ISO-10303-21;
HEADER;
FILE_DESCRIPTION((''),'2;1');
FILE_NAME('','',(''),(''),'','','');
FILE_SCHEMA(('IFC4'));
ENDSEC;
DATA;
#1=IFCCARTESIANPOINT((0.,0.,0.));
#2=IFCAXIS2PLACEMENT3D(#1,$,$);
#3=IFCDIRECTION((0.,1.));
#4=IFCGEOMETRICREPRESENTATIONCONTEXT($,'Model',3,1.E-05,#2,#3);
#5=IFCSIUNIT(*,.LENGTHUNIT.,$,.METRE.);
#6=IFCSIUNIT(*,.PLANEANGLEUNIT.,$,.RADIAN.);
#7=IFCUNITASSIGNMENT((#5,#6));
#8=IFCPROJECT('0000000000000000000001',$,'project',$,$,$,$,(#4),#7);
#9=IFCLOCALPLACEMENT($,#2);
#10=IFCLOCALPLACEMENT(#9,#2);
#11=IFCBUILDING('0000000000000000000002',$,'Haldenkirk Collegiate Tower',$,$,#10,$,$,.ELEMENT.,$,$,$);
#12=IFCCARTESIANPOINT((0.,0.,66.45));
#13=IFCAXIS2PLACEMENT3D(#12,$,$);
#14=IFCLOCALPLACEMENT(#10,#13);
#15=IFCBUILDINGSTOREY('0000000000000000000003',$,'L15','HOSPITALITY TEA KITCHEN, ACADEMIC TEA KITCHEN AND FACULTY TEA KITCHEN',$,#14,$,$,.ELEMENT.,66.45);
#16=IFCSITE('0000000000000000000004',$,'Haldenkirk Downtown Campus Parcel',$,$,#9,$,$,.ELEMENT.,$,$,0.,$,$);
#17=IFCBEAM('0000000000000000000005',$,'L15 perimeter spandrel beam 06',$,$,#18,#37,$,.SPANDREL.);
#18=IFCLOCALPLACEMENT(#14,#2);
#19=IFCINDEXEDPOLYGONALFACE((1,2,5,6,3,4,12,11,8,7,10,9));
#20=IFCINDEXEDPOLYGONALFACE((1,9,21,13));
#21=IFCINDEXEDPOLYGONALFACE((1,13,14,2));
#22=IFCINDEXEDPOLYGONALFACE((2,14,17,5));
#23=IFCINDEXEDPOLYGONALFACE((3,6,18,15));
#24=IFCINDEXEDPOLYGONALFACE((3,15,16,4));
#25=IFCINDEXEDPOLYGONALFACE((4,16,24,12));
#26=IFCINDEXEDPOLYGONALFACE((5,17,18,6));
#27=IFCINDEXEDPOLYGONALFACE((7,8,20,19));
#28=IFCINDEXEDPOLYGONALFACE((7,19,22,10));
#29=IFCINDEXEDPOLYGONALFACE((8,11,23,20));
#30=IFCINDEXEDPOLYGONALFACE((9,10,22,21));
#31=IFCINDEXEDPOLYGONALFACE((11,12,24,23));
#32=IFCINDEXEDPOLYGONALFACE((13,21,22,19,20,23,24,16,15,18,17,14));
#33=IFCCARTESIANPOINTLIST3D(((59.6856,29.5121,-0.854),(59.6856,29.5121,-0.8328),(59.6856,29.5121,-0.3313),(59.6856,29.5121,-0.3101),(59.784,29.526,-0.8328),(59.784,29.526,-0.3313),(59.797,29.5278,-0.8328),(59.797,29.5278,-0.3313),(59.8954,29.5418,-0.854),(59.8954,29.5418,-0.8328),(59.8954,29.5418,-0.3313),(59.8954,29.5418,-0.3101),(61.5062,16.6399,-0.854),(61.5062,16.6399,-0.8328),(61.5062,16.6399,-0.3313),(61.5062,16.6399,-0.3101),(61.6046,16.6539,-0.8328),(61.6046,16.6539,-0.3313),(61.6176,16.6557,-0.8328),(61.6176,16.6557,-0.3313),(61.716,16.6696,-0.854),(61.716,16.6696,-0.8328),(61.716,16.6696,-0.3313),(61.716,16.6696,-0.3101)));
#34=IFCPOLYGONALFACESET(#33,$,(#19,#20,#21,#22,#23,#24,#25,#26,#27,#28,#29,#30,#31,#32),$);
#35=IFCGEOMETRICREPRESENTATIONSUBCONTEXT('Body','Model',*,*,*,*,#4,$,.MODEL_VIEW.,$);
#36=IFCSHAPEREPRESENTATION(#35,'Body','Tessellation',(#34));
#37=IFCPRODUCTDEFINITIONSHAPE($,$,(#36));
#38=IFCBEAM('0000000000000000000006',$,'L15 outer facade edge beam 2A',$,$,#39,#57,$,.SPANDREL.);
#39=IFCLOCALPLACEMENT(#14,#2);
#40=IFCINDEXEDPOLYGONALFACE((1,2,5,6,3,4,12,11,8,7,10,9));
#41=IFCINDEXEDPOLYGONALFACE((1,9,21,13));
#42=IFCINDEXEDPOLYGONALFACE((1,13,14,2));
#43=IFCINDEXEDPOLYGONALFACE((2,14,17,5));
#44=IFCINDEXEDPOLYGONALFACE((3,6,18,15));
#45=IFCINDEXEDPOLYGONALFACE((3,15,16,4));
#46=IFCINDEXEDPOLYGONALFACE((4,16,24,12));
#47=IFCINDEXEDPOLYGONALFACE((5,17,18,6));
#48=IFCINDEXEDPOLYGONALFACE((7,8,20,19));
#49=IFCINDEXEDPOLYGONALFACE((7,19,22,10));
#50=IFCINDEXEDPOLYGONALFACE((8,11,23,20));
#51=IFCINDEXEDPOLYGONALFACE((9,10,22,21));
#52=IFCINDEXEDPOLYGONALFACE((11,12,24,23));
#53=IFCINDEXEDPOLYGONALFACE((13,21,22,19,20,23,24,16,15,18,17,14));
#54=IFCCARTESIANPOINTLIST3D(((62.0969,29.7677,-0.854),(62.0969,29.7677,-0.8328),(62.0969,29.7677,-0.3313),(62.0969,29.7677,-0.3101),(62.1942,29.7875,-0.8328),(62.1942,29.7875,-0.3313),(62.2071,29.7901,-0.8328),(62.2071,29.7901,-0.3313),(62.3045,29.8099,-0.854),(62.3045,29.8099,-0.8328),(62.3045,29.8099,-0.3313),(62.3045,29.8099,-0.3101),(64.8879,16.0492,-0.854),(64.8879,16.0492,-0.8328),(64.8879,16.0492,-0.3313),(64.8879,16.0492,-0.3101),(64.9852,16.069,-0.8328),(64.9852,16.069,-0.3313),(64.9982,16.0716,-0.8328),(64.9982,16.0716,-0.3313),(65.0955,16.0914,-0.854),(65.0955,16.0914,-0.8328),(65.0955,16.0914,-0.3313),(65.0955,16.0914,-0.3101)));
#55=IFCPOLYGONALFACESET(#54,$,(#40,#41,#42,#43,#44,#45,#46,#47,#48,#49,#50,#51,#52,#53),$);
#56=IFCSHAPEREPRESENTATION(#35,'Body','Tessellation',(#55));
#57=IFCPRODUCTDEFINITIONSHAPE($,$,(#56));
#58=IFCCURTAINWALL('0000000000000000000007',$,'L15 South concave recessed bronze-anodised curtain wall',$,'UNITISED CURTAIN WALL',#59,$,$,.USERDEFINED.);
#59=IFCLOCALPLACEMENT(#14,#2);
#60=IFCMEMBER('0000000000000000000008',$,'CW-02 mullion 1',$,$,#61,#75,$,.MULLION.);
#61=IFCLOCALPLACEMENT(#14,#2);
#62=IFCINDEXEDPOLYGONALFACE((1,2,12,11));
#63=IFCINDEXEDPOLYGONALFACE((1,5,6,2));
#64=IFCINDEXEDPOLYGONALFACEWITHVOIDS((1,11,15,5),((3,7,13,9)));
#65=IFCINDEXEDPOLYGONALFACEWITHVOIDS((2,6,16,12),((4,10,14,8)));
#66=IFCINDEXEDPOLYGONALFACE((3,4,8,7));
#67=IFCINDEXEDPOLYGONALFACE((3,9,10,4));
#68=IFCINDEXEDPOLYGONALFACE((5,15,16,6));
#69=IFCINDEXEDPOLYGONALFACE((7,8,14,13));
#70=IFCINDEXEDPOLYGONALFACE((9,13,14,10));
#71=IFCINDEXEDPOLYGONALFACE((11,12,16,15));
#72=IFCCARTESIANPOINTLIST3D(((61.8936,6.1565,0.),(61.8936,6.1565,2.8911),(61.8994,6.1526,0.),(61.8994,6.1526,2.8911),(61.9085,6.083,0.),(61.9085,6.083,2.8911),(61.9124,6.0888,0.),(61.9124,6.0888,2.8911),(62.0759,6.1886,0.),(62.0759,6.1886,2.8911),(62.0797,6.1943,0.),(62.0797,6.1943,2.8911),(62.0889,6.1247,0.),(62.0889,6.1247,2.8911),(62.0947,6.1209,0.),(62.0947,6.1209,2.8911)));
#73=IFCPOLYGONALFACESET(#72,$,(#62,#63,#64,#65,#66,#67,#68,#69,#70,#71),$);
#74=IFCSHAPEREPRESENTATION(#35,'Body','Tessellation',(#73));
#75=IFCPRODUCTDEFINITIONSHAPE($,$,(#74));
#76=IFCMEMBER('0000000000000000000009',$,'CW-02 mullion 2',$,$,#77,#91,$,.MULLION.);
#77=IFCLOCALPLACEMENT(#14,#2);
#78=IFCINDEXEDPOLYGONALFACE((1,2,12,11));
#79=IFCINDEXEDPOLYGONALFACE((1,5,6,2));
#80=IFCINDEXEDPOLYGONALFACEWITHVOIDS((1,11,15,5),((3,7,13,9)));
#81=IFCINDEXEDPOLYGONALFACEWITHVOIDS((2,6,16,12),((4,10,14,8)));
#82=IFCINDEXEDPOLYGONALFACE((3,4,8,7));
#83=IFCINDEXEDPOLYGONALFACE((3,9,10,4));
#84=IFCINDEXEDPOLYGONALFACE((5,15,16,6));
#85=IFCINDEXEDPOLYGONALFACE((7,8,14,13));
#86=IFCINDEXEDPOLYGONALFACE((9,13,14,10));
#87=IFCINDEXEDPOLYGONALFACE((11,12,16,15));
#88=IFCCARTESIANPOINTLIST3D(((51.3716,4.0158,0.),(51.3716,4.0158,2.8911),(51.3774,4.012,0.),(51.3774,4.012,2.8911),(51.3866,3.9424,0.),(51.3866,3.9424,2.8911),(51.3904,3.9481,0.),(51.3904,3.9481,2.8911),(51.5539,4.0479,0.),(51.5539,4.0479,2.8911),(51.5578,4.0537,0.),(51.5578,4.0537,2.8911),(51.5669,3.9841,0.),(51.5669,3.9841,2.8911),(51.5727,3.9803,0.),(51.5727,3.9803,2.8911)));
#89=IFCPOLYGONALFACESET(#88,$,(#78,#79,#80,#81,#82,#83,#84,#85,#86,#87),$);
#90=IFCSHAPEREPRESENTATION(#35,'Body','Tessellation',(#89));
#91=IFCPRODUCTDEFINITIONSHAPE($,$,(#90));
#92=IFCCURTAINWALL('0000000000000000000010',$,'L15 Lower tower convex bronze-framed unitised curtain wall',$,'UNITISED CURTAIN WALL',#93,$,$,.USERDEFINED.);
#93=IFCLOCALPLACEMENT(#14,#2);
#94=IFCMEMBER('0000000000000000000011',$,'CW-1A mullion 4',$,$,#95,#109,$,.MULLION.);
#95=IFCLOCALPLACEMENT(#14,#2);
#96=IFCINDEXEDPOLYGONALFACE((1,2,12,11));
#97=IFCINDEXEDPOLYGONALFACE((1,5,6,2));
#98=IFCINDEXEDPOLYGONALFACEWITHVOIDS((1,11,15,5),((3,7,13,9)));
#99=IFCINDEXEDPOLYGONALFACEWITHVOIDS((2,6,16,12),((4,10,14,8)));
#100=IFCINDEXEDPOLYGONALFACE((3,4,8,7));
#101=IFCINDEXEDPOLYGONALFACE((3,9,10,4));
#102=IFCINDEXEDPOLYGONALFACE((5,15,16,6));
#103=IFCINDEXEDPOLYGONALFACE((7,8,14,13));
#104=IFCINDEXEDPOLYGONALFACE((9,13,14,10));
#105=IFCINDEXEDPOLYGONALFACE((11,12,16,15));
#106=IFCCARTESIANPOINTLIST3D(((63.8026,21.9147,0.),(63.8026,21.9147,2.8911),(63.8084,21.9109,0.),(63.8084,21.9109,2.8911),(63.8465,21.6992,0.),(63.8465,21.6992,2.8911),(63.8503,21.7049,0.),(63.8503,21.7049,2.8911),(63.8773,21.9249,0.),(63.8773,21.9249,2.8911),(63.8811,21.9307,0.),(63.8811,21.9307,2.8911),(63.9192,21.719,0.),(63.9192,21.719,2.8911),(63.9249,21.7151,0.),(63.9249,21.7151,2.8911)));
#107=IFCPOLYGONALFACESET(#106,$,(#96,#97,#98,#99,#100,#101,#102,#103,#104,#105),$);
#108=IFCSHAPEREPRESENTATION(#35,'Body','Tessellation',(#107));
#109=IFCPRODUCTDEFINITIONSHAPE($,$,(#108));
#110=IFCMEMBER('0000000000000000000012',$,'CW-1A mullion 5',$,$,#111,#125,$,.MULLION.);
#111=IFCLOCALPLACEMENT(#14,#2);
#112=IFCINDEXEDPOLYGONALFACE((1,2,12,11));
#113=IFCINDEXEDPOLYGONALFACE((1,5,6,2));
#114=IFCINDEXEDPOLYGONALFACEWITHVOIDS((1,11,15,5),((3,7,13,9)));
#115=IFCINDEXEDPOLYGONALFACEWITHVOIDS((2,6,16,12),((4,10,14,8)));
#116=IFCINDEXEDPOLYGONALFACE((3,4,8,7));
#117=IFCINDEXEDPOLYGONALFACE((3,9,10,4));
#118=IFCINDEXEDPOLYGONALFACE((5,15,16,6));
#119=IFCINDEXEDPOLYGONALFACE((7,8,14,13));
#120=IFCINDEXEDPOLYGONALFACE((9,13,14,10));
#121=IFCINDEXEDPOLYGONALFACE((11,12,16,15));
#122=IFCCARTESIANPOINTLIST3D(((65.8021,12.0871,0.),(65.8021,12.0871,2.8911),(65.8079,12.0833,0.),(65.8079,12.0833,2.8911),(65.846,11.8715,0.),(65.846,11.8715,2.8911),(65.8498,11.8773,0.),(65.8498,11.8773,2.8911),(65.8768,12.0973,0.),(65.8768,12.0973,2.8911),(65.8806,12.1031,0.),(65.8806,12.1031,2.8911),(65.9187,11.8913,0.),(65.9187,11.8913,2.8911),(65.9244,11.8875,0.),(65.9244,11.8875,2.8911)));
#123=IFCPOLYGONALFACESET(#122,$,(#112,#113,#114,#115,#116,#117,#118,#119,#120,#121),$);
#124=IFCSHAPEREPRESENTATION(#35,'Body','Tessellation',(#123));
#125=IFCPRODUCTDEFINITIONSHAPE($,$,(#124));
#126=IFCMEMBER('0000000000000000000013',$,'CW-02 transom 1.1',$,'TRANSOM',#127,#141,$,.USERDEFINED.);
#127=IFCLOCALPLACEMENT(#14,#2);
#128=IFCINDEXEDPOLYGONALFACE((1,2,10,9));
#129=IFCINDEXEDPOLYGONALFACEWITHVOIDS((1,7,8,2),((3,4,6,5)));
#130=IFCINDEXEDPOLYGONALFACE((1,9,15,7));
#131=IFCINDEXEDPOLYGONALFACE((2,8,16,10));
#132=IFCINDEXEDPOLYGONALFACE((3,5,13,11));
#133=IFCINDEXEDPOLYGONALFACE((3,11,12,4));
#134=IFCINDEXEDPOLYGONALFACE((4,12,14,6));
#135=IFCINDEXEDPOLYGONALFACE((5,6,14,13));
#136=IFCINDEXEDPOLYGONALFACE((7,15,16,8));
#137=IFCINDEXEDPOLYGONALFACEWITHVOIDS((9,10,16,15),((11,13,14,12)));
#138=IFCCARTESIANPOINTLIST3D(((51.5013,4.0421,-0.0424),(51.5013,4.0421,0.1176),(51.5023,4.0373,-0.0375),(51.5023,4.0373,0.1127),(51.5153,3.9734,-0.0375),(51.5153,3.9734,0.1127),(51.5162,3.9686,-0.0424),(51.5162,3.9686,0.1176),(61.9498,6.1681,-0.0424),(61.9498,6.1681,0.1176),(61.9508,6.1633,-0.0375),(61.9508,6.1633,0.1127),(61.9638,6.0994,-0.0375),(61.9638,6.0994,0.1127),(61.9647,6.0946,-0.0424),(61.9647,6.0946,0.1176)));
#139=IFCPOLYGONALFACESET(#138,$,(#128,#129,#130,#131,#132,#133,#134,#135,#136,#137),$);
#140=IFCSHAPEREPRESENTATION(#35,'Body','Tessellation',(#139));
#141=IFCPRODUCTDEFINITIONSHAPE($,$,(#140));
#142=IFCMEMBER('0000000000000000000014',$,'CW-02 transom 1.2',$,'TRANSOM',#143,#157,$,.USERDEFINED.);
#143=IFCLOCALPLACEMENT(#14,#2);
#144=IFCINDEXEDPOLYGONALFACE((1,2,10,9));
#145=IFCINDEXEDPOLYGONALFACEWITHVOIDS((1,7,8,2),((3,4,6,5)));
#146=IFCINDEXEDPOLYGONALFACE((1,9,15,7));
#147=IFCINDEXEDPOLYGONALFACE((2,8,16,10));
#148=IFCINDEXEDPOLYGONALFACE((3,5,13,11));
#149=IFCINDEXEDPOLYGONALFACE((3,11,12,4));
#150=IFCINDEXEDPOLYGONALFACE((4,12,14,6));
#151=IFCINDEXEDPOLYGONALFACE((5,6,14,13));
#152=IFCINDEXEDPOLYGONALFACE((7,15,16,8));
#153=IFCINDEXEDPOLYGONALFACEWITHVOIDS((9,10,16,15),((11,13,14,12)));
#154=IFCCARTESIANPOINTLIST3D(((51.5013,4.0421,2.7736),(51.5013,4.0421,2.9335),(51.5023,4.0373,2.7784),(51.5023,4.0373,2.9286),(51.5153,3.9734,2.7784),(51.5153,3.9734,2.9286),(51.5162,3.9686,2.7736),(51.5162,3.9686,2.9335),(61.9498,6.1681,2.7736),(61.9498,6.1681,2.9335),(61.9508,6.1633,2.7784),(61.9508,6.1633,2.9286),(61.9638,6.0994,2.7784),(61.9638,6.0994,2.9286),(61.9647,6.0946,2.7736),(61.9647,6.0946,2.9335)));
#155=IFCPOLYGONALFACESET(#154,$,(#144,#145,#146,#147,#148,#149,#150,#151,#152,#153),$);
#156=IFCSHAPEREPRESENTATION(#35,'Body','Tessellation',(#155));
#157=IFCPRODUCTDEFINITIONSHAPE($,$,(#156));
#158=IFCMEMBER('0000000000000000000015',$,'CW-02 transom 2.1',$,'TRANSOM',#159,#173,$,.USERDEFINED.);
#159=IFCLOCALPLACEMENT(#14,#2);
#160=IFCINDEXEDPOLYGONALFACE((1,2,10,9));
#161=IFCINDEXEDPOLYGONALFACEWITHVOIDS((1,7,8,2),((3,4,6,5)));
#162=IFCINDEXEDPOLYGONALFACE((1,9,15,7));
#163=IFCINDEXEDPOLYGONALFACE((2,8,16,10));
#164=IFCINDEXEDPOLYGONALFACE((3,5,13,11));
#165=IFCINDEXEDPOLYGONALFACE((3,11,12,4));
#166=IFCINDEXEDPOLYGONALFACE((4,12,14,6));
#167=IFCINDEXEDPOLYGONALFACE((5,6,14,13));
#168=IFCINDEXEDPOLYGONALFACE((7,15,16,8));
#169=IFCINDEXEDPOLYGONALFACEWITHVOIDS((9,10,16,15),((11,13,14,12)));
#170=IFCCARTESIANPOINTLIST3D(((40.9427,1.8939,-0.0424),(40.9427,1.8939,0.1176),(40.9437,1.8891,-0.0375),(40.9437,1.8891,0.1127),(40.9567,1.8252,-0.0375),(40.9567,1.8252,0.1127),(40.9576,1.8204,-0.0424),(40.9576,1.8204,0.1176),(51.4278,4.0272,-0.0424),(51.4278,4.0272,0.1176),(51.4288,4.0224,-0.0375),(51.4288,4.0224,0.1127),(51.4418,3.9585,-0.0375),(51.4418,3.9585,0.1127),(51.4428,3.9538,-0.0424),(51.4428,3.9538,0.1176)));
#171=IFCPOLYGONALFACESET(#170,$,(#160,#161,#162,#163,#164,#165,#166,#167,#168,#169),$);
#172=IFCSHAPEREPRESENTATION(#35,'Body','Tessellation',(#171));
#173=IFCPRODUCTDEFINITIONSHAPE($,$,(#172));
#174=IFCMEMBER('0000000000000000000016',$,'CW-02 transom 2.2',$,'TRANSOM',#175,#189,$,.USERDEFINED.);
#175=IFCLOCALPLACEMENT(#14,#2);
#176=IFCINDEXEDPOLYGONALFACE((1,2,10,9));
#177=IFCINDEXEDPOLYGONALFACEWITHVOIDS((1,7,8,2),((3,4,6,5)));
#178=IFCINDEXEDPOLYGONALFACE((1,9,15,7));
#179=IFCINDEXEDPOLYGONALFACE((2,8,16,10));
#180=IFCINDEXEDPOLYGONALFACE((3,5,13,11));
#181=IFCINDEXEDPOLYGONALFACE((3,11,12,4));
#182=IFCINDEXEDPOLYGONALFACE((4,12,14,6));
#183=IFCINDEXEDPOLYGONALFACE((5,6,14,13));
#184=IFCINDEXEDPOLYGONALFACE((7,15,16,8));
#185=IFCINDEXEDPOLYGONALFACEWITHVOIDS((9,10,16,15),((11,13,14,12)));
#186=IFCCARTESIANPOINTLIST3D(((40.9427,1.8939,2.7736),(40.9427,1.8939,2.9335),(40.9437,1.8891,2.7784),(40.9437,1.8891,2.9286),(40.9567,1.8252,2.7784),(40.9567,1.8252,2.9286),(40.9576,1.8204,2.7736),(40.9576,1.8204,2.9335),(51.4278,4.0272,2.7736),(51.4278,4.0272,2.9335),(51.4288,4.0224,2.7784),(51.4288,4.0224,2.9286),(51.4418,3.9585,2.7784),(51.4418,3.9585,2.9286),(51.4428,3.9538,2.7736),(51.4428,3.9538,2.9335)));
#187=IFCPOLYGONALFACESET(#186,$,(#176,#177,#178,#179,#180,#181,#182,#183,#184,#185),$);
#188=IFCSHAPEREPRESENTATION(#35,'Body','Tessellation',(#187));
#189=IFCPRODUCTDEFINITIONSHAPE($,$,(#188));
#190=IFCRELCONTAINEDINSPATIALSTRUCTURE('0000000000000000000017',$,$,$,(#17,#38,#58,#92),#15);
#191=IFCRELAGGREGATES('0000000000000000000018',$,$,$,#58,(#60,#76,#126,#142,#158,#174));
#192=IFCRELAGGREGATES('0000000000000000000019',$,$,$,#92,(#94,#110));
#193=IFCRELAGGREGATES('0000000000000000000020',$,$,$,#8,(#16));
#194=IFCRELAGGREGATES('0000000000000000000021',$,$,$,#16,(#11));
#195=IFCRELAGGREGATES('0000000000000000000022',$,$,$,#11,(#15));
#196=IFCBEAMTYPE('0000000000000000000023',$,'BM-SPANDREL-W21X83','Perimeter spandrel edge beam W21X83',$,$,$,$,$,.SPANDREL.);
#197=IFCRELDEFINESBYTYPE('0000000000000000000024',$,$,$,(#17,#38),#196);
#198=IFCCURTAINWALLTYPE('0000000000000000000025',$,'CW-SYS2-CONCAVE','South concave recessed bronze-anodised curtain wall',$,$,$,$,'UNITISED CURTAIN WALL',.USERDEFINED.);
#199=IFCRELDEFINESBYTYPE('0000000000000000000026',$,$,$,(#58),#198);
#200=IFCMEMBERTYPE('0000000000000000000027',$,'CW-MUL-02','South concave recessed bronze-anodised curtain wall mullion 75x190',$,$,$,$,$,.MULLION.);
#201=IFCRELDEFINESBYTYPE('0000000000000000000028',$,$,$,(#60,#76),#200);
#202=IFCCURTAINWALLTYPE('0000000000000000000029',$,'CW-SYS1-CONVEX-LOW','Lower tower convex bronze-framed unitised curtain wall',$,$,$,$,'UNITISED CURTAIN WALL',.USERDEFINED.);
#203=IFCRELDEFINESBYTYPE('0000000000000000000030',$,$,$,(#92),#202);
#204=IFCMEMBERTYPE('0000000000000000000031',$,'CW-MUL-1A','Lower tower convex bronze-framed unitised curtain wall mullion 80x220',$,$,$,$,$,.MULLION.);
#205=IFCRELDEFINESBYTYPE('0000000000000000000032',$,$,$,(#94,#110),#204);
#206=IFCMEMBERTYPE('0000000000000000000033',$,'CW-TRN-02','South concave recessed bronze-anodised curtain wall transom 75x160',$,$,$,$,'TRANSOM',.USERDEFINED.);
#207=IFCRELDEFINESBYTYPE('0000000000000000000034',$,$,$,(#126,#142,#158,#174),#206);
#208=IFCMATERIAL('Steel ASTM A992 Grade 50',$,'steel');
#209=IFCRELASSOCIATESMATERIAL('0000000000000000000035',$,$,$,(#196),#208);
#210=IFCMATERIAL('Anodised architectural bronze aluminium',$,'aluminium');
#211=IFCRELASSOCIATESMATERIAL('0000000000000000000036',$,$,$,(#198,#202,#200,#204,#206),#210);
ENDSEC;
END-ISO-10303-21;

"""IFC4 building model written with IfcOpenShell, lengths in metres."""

from ifc_helpers import new_model, si_unit, direction, frame, origin, origin_2d, place, context, subcontext, project, spatial, hollow_rectangle, i_section, extrude, material, material_profile, profile_set, type_object, element, aggregate, save


model = new_model("IFC4")

# Units and contexts
model_context = context("Model", 3, precision=1e-05, world=origin(), true_north=direction((0.0, 1.0)))
body_context = subcontext(model_context, "Body", "Model", "MODEL_VIEW")
ifc_project = project(units=[si_unit("LENGTHUNIT", "METRE"), si_unit("PLANEANGLEUNIT", "RADIAN")], contexts=[model_context])

# Site, building, storey
site_placement = place(None, origin())
site = spatial("IfcSite", under=ifc_project, at=site_placement, Name="Haldenkirk Downtown Campus Parcel", CompositionType="ELEMENT", RefElevation=0.0)
building_placement = place(site_placement, origin())
building = spatial("IfcBuilding", under=site, at=building_placement, Name="Haldenkirk Collegiate Tower", CompositionType="ELEMENT")
storey_placement = place(building_placement, frame((0.0, 0.0, 66.45)))
storey = spatial("IfcBuildingStorey", under=building, at=storey_placement, Name="L15", Description="HOSPITALITY TEA KITCHEN, ACADEMIC TEA KITCHEN AND FACULTY TEA KITCHEN", CompositionType="ELEMENT", Elevation=66.45)

# Beams
ifc_material_1 = material(Name="Steel ASTM A992 Grade 50", Category="steel")
ifc_material_profile_1 = material_profile(ifc_material_1, i_section(OverallWidth=0.2119, OverallDepth=0.5439, WebThickness=0.0132, FlangeThickness=0.0212, at=origin_2d()), Name="W21X83")
ifc_profile_set_1 = profile_set([ifc_material_profile_1], Name="Steel ASTM A992 Grade 50")
beam_type_1 = type_object("IfcBeamType", Name="BM-SPANDREL-W21X83", Description="Perimeter spandrel edge beam W21X83", PredefinedType="SPANDREL", material=ifc_profile_set_1)
beam_1_placement = place(storey_placement, frame((61.6111, 16.6548, -0.582), z_axis=(-0.140041, 0.990146, 0.0), x_axis=(-0.990146, -0.140041, 0.0)))
element("IfcBeam", 1, at=beam_1_placement, inside=storey, type_object=beam_type_1, Name="L15 perimeter spandrel beam 06", PredefinedType="SPANDREL", context=body_context, shape_type="SweptSolid", body=[
    extrude(i_section(OverallWidth=0.2119, OverallDepth=0.5439, WebThickness=0.0132, FlangeThickness=0.0212, at=origin_2d()), origin(), (0.0, 0.0, 1.0), 13.0002),
])
beam_2_placement = place(storey_placement, frame((64.9917, 16.0703, -0.582), z_axis=(-0.199365, 0.979925, 0.0), x_axis=(-0.979925, -0.199365, 0.0)))
element("IfcBeam", 2, at=beam_2_placement, inside=storey, type_object=beam_type_1, Name="L15 outer facade edge beam 2A", PredefinedType="SPANDREL", context=body_context, shape_type="SweptSolid", body=[
    extrude(i_section(OverallWidth=0.2119, OverallDepth=0.5439, WebThickness=0.0132, FlangeThickness=0.0212, at=origin_2d()), origin(), (0.0, 0.0, 1.0), 13.9995),
])

# Curtain walls, members
ifc_material_2 = material(Name="Anodised architectural bronze aluminium", Category="aluminium")
curtain_wall_type_1 = type_object("IfcCurtainWallType", Name="CW-SYS2-CONCAVE", Description="South concave recessed bronze-anodised curtain wall", ElementType="UNITISED CURTAIN WALL", PredefinedType="USERDEFINED", material=ifc_material_2)
curtain_wall_1_placement = place(storey_placement, origin())
curtain_wall_1 = element("IfcCurtainWall", 3, at=curtain_wall_1_placement, inside=storey, type_object=curtain_wall_type_1, Name="L15 South concave recessed bronze-anodised curtain wall", ObjectType="UNITISED CURTAIN WALL", PredefinedType="USERDEFINED")
ifc_material_profile_2 = material_profile(ifc_material_2, hollow_rectangle(XDim=0.075, YDim=0.1899, WallThickness=0.0049, at=origin_2d()), Name="CW-MUL-02")
ifc_profile_set_2 = profile_set([ifc_material_profile_2], Name="Anodised architectural bronze aluminium")
member_type_1 = type_object("IfcMemberType", Name="CW-MUL-02", Description="South concave recessed bronze-anodised curtain wall mullion 75x190", PredefinedType="MULLION", material=ifc_profile_set_2)
member_1_placement = place(storey_placement, frame((61.9941, 6.1387, 0.0), z_axis=(0.0, 0.0, 1.0), x_axis=(0.199369, -0.979925, 0.0)))
member_1 = element("IfcMember", 4, at=member_1_placement, type_object=member_type_1, Name="CW-02 mullion 1", PredefinedType="MULLION", context=body_context, shape_type="SweptSolid", body=[
    extrude(hollow_rectangle(XDim=0.075, YDim=0.1899, WallThickness=0.0049, at=origin_2d()), origin(), (0.0, 0.0, 1.0), 2.8911),
])
member_2_placement = place(storey_placement, frame((51.4722, 3.998, 0.0), z_axis=(0.0, 0.0, 1.0), x_axis=(0.199369, -0.979925, 0.0)))
member_2 = element("IfcMember", 5, at=member_2_placement, type_object=member_type_1, Name="CW-02 mullion 2", PredefinedType="MULLION", context=body_context, shape_type="SweptSolid", body=[
    extrude(hollow_rectangle(XDim=0.075, YDim=0.1899, WallThickness=0.0049, at=origin_2d()), origin(), (0.0, 0.0, 1.0), 2.8911),
])
curtain_wall_type_2 = type_object("IfcCurtainWallType", Name="CW-SYS1-CONVEX-LOW", Description="Lower tower convex bronze-framed unitised curtain wall", ElementType="UNITISED CURTAIN WALL", PredefinedType="USERDEFINED", material=ifc_material_2)
curtain_wall_2_placement = place(storey_placement, origin())
curtain_wall_2 = element("IfcCurtainWall", 6, at=curtain_wall_2_placement, inside=storey, type_object=curtain_wall_type_2, Name="L15 Lower tower convex bronze-framed unitised curtain wall", ObjectType="UNITISED CURTAIN WALL", PredefinedType="USERDEFINED")
ifc_material_profile_3 = material_profile(ifc_material_2, hollow_rectangle(XDim=0.0801, YDim=0.22, WallThickness=0.0049, at=origin_2d()), Name="CW-MUL-1A")
ifc_profile_set_3 = profile_set([ifc_material_profile_3], Name="Anodised architectural bronze aluminium")
member_type_2 = type_object("IfcMemberType", Name="CW-MUL-1A", Description="Lower tower convex bronze-framed unitised curtain wall mullion 80x220", PredefinedType="MULLION", material=ifc_profile_set_3)
member_3_placement = place(storey_placement, frame((63.8638, 21.8149, 0.0), z_axis=(0.0, 0.0, 1.0), x_axis=(0.979924, 0.199369, 0.0)))
member_3 = element("IfcMember", 7, at=member_3_placement, type_object=member_type_2, Name="CW-1A mullion 4", PredefinedType="MULLION", context=body_context, shape_type="SweptSolid", body=[
    extrude(hollow_rectangle(XDim=0.0801, YDim=0.22, WallThickness=0.0049, at=origin_2d()), origin(), (0.0, 0.0, 1.0), 2.8911),
])
member_4_placement = place(storey_placement, frame((65.8633, 11.9873, 0.0), z_axis=(0.0, 0.0, 1.0), x_axis=(0.979924, 0.199369, 0.0)))
member_4 = element("IfcMember", 8, at=member_4_placement, type_object=member_type_2, Name="CW-1A mullion 5", PredefinedType="MULLION", context=body_context, shape_type="SweptSolid", body=[
    extrude(hollow_rectangle(XDim=0.0801, YDim=0.22, WallThickness=0.0049, at=origin_2d()), origin(), (0.0, 0.0, 1.0), 2.8911),
])

# Members
ifc_material_profile_4 = material_profile(ifc_material_2, hollow_rectangle(XDim=0.075, YDim=0.1599, WallThickness=0.0049, at=origin_2d()), Name="CW-TRN-02")
ifc_profile_set_4 = profile_set([ifc_material_profile_4], Name="Anodised architectural bronze aluminium")
member_type_3 = type_object("IfcMemberType", Name="CW-TRN-02", Description="South concave recessed bronze-anodised curtain wall transom 75x160", ElementType="TRANSOM", PredefinedType="USERDEFINED", material=ifc_profile_set_4)
member_5_placement = place(storey_placement, frame((61.9573, 6.1313, 0.0376), z_axis=(-0.979921, -0.199387, 0.0), x_axis=(0.199387, -0.979921, 0.0)))
member_5 = element("IfcMember", 9, at=member_5_placement, type_object=member_type_3, Name="CW-02 transom 1.1", ObjectType="TRANSOM", PredefinedType="USERDEFINED", context=body_context, shape_type="SweptSolid", body=[
    extrude(hollow_rectangle(XDim=0.075, YDim=0.1599, WallThickness=0.0049, at=origin_2d()), origin(), (0.0, 0.0, 1.0), 10.6626),
])
member_6_placement = place(storey_placement, frame((61.9573, 6.1313, 2.8535), z_axis=(-0.979921, -0.199387, 0.0), x_axis=(0.199387, -0.979921, 0.0)))
member_6 = element("IfcMember", 10, at=member_6_placement, type_object=member_type_3, Name="CW-02 transom 1.2", ObjectType="TRANSOM", PredefinedType="USERDEFINED", context=body_context, shape_type="SweptSolid", body=[
    extrude(hollow_rectangle(XDim=0.075, YDim=0.1599, WallThickness=0.0049, at=origin_2d()), origin(), (0.0, 0.0, 1.0), 10.6626),
])
member_7_placement = place(storey_placement, frame((51.4353, 3.9905, 0.0376), z_axis=(-0.979923, -0.199375, 0.0), x_axis=(0.199375, -0.979923, 0.0)))
member_7 = element("IfcMember", 11, at=member_7_placement, type_object=member_type_3, Name="CW-02 transom 2.1", ObjectType="TRANSOM", PredefinedType="USERDEFINED", context=body_context, shape_type="SweptSolid", body=[
    extrude(hollow_rectangle(XDim=0.075, YDim=0.1599, WallThickness=0.0049, at=origin_2d()), origin(), (0.0, 0.0, 1.0), 10.7),
])
member_8_placement = place(storey_placement, frame((51.4353, 3.9905, 2.8535), z_axis=(-0.979923, -0.199375, 0.0), x_axis=(0.199375, -0.979923, 0.0)))
member_8 = element("IfcMember", 12, at=member_8_placement, type_object=member_type_3, Name="CW-02 transom 2.2", ObjectType="TRANSOM", PredefinedType="USERDEFINED", context=body_context, shape_type="SweptSolid", body=[
    extrude(hollow_rectangle(XDim=0.075, YDim=0.1599, WallThickness=0.0049, at=origin_2d()), origin(), (0.0, 0.0, 1.0), 10.7),
])

aggregate(curtain_wall_1, [member_1, member_2, member_5, member_6, member_7, member_8])
aggregate(curtain_wall_2, [member_3, member_4])

save(model, "model.ifc")
